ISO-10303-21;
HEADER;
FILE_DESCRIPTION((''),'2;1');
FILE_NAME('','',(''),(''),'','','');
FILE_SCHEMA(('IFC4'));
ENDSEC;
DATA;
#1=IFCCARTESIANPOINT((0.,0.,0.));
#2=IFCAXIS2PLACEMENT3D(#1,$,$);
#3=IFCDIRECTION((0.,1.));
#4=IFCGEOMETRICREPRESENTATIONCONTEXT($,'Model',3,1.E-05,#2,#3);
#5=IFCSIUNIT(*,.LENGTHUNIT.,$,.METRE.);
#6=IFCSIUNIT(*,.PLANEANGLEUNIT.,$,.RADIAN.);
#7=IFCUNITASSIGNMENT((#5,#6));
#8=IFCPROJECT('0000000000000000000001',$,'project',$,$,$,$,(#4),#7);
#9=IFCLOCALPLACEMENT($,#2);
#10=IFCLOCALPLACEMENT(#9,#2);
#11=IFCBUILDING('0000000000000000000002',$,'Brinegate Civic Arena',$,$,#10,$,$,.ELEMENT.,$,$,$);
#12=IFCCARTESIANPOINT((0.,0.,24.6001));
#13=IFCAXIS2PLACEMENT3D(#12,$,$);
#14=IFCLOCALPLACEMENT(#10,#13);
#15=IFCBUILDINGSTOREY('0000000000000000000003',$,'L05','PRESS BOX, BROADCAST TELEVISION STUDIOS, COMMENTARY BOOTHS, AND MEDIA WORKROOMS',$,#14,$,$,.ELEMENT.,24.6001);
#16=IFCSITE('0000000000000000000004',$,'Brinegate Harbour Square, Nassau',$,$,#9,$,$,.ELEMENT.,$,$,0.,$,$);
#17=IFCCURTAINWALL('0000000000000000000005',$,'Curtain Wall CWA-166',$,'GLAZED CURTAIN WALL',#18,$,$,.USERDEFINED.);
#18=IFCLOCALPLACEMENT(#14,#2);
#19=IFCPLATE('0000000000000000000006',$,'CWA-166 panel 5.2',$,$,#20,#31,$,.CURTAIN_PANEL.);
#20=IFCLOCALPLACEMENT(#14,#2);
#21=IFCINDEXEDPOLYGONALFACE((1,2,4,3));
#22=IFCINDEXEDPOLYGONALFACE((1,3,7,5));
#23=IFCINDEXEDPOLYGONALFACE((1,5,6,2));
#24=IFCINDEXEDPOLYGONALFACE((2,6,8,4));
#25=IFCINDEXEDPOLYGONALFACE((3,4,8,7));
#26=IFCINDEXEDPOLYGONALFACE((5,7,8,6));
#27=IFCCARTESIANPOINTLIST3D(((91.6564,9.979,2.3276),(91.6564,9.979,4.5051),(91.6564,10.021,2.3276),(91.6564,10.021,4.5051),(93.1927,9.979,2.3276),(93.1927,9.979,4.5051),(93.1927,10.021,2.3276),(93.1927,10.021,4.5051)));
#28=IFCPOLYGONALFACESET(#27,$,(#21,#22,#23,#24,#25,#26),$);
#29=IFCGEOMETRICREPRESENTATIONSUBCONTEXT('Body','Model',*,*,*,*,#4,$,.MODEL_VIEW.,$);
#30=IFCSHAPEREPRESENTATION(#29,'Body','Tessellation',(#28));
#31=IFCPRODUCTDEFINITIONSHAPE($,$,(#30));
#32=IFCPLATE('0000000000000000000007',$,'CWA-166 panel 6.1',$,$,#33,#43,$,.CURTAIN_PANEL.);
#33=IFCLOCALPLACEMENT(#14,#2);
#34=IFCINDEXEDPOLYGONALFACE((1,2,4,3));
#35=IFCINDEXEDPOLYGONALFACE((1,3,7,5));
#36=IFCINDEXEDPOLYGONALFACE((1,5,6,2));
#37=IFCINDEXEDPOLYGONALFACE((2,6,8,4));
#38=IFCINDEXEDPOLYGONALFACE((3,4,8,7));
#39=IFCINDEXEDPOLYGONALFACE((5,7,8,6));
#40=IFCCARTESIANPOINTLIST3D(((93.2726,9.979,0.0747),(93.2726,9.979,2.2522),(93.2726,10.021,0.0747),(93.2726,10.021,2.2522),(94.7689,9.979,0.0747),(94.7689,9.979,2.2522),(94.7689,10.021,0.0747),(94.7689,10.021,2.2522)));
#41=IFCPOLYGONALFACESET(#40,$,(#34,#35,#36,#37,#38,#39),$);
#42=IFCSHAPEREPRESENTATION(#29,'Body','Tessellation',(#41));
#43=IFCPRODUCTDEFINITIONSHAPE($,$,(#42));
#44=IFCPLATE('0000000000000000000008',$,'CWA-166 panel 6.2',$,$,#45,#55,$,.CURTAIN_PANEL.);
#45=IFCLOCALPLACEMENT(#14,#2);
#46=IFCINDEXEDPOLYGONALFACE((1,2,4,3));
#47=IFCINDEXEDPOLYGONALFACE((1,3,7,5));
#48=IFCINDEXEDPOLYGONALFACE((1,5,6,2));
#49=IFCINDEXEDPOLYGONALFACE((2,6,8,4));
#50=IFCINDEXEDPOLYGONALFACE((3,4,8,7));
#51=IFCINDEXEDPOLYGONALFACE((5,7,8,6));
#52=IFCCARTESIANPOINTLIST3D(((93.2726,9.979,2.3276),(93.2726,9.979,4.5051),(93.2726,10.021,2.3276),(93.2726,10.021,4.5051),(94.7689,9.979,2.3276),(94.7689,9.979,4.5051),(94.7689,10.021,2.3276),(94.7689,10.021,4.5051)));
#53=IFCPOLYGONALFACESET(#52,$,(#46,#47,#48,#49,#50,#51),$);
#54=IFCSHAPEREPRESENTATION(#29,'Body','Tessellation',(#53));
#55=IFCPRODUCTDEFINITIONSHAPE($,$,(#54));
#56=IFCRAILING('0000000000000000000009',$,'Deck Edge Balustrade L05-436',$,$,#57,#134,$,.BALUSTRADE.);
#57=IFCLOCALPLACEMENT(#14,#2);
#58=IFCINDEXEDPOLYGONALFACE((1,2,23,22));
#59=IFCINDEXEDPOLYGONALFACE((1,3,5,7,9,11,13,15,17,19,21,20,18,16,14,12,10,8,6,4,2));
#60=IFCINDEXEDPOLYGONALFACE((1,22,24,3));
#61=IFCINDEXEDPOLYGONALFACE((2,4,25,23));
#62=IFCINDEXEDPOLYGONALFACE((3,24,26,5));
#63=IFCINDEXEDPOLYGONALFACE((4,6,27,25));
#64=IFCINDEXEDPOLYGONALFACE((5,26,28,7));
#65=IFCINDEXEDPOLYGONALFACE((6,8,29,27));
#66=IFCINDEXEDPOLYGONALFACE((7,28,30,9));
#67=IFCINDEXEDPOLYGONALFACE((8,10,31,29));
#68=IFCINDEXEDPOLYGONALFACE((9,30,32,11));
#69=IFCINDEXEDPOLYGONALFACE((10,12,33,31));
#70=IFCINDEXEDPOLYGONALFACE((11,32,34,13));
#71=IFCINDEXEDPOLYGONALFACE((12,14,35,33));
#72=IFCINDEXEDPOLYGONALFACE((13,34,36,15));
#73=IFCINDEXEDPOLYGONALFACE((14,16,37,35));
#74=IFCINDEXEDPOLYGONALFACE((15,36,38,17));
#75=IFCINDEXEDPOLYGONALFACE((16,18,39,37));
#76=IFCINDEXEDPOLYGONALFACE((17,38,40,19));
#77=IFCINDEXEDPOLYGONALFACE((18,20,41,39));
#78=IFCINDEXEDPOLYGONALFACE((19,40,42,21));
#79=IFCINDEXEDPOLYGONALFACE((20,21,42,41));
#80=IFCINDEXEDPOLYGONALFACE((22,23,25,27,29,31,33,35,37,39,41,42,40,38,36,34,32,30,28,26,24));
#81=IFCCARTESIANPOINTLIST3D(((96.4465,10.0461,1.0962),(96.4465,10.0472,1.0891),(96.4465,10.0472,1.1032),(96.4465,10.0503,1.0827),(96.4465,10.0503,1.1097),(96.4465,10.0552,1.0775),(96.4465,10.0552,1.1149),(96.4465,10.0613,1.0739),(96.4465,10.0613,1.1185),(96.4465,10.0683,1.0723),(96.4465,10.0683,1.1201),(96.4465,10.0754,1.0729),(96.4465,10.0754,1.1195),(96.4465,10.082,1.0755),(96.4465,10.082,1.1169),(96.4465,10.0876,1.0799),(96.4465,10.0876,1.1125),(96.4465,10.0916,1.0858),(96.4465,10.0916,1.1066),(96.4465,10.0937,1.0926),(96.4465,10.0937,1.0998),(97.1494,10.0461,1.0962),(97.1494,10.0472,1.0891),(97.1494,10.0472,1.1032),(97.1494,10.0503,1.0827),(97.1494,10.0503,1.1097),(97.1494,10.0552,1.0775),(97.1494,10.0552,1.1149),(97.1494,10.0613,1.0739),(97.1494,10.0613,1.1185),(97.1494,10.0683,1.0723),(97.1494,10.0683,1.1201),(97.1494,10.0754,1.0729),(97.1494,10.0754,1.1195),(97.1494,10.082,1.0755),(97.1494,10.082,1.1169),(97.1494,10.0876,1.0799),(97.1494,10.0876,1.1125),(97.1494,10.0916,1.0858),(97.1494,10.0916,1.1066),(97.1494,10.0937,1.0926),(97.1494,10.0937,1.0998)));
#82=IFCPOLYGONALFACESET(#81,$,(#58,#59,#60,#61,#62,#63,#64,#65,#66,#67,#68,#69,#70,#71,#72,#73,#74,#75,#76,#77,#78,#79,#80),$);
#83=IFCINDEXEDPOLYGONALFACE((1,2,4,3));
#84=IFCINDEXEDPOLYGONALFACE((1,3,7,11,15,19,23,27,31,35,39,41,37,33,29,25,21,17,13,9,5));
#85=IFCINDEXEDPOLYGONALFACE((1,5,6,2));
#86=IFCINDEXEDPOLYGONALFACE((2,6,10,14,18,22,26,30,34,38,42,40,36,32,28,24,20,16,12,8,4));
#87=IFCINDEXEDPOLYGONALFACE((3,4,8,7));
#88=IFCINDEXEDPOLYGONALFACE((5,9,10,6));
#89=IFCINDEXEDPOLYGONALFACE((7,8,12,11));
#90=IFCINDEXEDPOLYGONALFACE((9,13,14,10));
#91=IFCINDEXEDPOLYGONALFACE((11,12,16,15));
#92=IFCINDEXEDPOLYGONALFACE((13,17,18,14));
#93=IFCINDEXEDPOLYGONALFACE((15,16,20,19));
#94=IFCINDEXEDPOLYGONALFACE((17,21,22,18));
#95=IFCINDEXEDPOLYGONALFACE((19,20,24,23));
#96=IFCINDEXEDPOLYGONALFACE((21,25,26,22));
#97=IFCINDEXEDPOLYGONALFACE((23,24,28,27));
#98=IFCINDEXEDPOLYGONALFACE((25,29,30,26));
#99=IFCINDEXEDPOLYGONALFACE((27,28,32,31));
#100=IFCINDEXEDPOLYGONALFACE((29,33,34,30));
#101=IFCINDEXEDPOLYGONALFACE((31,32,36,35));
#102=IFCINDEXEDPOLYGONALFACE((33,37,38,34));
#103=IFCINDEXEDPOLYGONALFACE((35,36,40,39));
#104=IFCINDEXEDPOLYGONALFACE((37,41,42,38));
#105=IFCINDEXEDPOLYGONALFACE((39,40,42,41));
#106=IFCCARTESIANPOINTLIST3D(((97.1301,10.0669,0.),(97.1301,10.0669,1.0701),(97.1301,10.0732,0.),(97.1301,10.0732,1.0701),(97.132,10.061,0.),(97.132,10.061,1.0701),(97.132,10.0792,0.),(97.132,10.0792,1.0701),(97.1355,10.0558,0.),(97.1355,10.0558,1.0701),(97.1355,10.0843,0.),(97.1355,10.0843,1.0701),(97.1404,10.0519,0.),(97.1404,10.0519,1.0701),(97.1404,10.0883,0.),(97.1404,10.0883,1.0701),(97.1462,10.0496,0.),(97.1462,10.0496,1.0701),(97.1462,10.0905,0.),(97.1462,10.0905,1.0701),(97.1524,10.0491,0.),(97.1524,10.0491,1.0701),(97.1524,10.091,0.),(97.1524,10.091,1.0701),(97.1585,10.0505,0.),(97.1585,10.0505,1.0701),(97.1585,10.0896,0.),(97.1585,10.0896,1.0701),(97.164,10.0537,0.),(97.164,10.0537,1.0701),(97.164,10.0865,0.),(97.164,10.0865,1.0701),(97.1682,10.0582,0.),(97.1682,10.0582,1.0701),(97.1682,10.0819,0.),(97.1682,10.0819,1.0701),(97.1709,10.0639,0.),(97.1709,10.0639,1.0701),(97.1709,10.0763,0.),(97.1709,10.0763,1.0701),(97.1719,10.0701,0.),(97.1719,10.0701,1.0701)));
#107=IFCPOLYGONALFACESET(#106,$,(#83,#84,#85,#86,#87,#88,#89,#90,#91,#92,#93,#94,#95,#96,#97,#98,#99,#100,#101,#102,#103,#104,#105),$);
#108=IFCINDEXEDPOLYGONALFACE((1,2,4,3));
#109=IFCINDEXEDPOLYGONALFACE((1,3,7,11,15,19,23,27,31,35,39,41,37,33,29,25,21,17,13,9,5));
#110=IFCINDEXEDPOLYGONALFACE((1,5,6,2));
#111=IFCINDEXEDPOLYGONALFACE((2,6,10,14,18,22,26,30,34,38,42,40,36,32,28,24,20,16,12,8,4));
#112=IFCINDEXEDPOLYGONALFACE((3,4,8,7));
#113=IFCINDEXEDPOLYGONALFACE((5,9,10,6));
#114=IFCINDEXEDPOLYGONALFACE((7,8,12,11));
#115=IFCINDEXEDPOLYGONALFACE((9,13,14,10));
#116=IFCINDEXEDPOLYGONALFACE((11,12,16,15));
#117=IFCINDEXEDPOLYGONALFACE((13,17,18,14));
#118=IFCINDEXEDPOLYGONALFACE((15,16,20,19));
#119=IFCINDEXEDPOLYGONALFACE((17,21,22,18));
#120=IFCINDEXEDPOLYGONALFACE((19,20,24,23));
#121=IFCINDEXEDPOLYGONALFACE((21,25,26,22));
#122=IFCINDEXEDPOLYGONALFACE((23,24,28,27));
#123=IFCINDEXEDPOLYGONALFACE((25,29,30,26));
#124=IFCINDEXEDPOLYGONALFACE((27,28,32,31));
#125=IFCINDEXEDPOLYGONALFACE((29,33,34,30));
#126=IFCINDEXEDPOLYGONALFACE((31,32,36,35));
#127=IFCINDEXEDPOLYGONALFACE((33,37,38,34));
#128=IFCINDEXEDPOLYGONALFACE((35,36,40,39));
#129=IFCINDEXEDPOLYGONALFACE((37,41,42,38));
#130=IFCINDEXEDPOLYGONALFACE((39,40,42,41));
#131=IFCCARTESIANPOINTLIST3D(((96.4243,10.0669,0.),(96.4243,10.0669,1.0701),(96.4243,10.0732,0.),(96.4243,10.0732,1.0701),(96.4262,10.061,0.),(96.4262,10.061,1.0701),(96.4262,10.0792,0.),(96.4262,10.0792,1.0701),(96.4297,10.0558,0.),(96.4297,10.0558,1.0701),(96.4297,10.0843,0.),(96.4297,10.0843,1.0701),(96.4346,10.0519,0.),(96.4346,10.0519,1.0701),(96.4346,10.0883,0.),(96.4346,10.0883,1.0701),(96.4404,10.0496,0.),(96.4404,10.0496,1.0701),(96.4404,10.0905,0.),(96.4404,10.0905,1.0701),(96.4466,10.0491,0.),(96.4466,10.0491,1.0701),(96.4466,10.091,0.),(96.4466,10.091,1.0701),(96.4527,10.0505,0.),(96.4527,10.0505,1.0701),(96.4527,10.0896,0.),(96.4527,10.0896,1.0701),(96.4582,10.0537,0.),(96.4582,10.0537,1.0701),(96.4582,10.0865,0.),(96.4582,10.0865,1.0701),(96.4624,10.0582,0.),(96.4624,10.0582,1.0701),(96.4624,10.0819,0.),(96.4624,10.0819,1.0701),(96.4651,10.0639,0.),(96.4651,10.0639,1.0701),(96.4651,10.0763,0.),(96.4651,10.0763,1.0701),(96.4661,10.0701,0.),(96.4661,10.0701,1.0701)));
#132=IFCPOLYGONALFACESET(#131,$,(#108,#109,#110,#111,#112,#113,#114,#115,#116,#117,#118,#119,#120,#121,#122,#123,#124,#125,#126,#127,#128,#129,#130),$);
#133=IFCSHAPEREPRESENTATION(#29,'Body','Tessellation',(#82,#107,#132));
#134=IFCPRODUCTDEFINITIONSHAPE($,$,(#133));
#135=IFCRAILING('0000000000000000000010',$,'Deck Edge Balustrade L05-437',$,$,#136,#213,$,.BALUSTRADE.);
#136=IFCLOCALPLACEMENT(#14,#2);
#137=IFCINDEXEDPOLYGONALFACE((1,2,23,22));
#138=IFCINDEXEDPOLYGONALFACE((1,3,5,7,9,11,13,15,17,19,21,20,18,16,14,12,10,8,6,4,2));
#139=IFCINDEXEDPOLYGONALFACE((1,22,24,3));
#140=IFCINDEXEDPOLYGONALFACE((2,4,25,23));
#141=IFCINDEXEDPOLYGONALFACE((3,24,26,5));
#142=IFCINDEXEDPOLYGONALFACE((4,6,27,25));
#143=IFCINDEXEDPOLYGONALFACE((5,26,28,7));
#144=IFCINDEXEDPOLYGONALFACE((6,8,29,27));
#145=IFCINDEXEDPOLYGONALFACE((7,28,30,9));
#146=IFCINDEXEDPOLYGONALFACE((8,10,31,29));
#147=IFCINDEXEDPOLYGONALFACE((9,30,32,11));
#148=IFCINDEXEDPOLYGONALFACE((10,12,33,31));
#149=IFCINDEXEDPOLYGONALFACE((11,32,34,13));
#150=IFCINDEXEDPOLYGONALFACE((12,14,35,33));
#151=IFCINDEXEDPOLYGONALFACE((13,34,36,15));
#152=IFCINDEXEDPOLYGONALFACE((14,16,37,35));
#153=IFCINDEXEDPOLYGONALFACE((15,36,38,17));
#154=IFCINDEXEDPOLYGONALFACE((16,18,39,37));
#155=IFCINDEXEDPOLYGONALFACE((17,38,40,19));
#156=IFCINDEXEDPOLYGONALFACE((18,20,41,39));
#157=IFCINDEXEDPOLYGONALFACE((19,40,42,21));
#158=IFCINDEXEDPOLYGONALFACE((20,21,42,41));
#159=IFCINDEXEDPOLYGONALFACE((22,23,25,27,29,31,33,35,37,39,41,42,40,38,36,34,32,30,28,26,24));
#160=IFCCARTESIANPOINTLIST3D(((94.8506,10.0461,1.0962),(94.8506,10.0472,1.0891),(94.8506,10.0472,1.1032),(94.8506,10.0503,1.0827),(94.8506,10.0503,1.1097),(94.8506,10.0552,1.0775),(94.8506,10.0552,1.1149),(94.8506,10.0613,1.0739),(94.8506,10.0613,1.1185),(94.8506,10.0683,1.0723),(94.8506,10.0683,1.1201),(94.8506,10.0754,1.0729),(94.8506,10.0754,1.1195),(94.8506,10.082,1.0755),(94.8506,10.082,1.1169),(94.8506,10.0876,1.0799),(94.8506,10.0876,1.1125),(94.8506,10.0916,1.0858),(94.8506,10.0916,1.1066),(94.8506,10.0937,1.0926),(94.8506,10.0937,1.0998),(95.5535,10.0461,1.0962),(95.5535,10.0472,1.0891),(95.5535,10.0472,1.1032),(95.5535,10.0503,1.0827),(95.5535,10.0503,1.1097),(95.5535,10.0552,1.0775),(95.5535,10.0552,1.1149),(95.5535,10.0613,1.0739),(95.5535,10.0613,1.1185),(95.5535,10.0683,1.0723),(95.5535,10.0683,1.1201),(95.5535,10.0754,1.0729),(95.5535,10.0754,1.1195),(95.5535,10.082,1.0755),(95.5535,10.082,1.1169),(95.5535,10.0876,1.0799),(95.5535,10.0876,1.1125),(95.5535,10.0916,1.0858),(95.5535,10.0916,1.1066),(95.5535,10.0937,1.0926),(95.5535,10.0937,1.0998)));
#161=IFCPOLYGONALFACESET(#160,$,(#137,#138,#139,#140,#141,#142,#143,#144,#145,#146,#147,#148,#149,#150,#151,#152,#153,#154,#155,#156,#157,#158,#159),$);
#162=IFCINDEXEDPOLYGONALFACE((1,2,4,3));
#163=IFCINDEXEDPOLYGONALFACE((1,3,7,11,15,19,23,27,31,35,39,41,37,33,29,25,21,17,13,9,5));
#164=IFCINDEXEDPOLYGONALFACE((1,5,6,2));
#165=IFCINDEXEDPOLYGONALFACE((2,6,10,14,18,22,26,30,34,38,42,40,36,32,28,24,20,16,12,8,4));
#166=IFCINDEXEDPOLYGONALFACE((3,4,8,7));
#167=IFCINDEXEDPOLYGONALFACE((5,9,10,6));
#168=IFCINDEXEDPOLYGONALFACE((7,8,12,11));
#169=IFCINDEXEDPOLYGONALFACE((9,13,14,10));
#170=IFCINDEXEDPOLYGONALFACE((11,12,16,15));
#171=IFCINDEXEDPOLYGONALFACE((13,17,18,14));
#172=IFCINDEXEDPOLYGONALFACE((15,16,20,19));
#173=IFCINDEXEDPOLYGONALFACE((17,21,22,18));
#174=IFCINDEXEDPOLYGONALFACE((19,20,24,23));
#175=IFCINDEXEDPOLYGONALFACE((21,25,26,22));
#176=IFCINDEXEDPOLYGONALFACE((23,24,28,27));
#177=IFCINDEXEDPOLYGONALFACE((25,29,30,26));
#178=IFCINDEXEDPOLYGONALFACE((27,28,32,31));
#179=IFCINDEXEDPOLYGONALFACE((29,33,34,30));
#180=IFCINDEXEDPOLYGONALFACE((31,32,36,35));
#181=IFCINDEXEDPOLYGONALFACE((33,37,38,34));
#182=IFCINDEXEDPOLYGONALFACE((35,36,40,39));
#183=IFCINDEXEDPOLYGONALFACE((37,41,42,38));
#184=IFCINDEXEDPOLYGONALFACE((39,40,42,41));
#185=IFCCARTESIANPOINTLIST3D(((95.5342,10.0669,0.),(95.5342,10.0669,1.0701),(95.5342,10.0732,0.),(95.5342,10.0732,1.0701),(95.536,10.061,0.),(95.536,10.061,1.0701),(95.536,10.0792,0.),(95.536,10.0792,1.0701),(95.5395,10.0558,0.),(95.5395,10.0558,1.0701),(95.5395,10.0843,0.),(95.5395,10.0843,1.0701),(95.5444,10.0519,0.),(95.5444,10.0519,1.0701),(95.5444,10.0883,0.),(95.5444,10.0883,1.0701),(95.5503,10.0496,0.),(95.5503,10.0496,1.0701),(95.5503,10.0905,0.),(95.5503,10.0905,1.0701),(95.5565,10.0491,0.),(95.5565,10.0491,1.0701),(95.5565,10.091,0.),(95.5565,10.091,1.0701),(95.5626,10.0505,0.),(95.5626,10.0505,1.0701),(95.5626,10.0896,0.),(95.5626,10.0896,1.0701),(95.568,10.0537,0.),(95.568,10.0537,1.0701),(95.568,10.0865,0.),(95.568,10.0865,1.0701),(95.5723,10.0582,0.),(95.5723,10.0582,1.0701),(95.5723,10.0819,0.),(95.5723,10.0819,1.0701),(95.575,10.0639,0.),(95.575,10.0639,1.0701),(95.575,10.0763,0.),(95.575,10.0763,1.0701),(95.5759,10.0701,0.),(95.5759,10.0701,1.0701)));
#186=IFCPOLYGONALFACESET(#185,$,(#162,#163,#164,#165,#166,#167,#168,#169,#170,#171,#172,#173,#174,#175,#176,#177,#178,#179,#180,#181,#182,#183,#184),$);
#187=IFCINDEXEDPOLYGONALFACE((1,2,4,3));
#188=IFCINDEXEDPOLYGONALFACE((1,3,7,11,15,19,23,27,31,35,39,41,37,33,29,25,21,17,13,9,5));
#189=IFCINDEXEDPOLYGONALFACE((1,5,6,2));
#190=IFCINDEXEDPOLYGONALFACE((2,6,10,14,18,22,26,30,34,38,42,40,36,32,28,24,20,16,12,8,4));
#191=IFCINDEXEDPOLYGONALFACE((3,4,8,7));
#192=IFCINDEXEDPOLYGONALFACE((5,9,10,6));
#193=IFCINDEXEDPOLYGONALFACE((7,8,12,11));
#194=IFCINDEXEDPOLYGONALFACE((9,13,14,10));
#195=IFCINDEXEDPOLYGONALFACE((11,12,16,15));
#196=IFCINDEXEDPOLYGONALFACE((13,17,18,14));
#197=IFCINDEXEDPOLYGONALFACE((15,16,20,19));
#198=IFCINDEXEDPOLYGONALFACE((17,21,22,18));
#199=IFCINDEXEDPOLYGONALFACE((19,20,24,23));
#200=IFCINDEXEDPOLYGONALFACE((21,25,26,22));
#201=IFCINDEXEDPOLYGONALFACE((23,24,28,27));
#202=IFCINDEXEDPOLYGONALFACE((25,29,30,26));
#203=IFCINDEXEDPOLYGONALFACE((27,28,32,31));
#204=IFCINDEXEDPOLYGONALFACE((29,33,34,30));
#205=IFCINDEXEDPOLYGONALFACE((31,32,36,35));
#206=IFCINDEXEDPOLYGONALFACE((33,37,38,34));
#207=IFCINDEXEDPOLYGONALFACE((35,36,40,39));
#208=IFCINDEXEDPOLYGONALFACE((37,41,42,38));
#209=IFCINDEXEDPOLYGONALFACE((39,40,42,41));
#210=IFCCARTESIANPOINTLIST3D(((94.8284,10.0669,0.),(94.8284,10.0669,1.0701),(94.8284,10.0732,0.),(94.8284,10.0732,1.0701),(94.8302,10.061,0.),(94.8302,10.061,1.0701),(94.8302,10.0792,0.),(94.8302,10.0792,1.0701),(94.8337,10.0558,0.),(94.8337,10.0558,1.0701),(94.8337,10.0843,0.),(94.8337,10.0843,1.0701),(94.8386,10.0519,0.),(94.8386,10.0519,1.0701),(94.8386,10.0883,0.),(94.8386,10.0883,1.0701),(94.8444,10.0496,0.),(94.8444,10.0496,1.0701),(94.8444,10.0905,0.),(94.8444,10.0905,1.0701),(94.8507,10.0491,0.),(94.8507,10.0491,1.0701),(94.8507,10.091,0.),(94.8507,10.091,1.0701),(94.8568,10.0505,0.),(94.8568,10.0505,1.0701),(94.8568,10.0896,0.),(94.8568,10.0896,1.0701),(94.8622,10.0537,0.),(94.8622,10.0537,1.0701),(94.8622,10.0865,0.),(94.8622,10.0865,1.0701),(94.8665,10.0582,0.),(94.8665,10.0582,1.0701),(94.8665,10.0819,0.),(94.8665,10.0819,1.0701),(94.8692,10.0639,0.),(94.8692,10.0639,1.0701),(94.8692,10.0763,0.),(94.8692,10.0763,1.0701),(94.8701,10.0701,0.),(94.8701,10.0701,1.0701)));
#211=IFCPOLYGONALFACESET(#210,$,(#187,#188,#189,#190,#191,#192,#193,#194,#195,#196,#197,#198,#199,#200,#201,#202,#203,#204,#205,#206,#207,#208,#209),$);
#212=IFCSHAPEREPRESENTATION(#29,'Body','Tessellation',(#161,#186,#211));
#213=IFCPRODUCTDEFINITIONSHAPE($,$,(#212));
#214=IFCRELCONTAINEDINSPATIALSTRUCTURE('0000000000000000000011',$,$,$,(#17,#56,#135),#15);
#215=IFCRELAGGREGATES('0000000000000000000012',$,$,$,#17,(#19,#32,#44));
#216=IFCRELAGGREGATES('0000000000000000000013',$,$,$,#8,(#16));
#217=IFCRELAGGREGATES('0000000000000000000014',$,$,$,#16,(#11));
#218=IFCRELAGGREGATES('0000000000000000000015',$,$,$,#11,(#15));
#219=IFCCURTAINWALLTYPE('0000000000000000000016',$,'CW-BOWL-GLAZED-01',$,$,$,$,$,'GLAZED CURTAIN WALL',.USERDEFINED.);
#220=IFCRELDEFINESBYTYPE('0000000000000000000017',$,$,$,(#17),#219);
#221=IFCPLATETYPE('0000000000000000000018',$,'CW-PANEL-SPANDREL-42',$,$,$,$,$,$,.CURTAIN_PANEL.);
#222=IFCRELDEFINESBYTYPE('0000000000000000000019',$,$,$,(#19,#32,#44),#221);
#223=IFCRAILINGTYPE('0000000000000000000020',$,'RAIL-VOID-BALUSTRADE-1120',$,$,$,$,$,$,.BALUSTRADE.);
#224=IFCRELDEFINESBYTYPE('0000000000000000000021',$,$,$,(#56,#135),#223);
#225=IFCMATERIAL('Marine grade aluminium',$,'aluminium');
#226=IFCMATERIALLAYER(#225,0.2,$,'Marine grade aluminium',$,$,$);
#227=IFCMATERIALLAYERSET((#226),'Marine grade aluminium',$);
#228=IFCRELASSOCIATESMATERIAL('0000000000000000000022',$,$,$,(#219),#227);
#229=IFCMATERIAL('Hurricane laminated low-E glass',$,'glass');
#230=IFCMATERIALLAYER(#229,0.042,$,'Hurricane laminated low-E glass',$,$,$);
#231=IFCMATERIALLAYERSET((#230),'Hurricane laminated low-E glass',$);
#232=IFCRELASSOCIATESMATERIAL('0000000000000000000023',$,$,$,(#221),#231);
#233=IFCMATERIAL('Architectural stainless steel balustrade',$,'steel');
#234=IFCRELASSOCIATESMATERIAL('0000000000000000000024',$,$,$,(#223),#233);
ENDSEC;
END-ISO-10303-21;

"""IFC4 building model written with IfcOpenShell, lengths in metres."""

from ifc_helpers import new_model, si_unit, direction, frame, origin, origin_2d, place, context, subcontext, project, spatial, rectangle, circle, extrude, material, layer, layer_set, type_object, element, aggregate, save


model = new_model("IFC4")

# Units and contexts
model_context = context("Model", 3, precision=1e-05, world=origin(), true_north=direction((0.0, 1.0)))
body_context = subcontext(model_context, "Body", "Model", "MODEL_VIEW")
ifc_project = project(units=[si_unit("LENGTHUNIT", "METRE"), si_unit("PLANEANGLEUNIT", "RADIAN")], contexts=[model_context])

# Site, building, storey
site_placement = place(None, origin())
site = spatial("IfcSite", under=ifc_project, at=site_placement, Name="Brinegate Harbour Square, Nassau", CompositionType="ELEMENT", RefElevation=0.0)
building_placement = place(site_placement, origin())
building = spatial("IfcBuilding", under=site, at=building_placement, Name="Brinegate Civic Arena", CompositionType="ELEMENT")
storey_placement = place(building_placement, frame((0.0, 0.0, 24.6001)))
storey = spatial("IfcBuildingStorey", under=building, at=storey_placement, Name="L05", Description="PRESS BOX, BROADCAST TELEVISION STUDIOS, COMMENTARY BOOTHS, AND MEDIA WORKROOMS", CompositionType="ELEMENT", Elevation=24.6001)

# Shared definitions
ifc_material_1 = material(Name="Marine grade aluminium", Category="aluminium")
ifc_layer_1 = layer(ifc_material_1, 0.2, Name="Marine grade aluminium")
ifc_layer_set_1 = layer_set([ifc_layer_1], Name="Marine grade aluminium")
curtain_wall_type = type_object("IfcCurtainWallType", Name="CW-BOWL-GLAZED-01", ElementType="GLAZED CURTAIN WALL", PredefinedType="USERDEFINED", material=ifc_layer_set_1)

# Curtain wall
curtain_wall_1_placement = place(storey_placement, origin())
curtain_wall_1 = element("IfcCurtainWall", 1, at=curtain_wall_1_placement, inside=storey, type_object=curtain_wall_type, Name="Curtain Wall CWA-166", ObjectType="GLAZED CURTAIN WALL", PredefinedType="USERDEFINED")

# Plates
ifc_material_2 = material(Name="Hurricane laminated low-E glass", Category="glass")
ifc_layer_2 = layer(ifc_material_2, 0.042, Name="Hurricane laminated low-E glass")
ifc_layer_set_2 = layer_set([ifc_layer_2], Name="Hurricane laminated low-E glass")
plate_type_1 = type_object("IfcPlateType", Name="CW-PANEL-SPANDREL-42", PredefinedType="CURTAIN_PANEL", material=ifc_layer_set_2)
plate_1_placement = place(storey_placement, frame((92.4246, 10.0, 2.3276), z_axis=(0.0, 0.0, 1.0), x_axis=(1.0, 0.0, 0.0)))
plate_1 = element("IfcPlate", 2, at=plate_1_placement, type_object=plate_type_1, Name="CWA-166 panel 5.2", PredefinedType="CURTAIN_PANEL", context=body_context, shape_type="SweptSolid", body=[
    extrude(rectangle(XDim=1.5364, YDim=0.042, at=origin_2d()), origin(), (0.0, 0.0, 1.0), 2.1775),
])
plate_2_placement = place(storey_placement, frame((94.0208, 10.0, 0.0747), z_axis=(0.0, 0.0, 1.0), x_axis=(1.0, 0.0, 0.0)))
plate_2 = element("IfcPlate", 3, at=plate_2_placement, type_object=plate_type_1, Name="CWA-166 panel 6.1", PredefinedType="CURTAIN_PANEL", context=body_context, shape_type="SweptSolid", body=[
    extrude(rectangle(XDim=1.4963, YDim=0.042, at=origin_2d()), origin(), (0.0, 0.0, 1.0), 2.1775),
])
plate_3_placement = place(storey_placement, frame((94.0208, 10.0, 2.3276), z_axis=(0.0, 0.0, 1.0), x_axis=(1.0, 0.0, 0.0)))
plate_3 = element("IfcPlate", 4, at=plate_3_placement, type_object=plate_type_1, Name="CWA-166 panel 6.2", PredefinedType="CURTAIN_PANEL", context=body_context, shape_type="SweptSolid", body=[
    extrude(rectangle(XDim=1.4963, YDim=0.042, at=origin_2d()), origin(), (0.0, 0.0, 1.0), 2.1775),
])
aggregate(curtain_wall_1, [plate_1, plate_2, plate_3])

# Railings
ifc_material_3 = material(Name="Architectural stainless steel balustrade", Category="steel")
railing_type = type_object("IfcRailingType", Name="RAIL-VOID-BALUSTRADE-1120", PredefinedType="BALUSTRADE", material=ifc_material_3)
for number, where, name in (
    (5, (97.1509, 10.0701, 0.0), "Deck Edge Balustrade L05-436"),
    (6, (95.5549, 10.0701, 0.0), "Deck Edge Balustrade L05-437"),
):
    element("IfcRailing", number, at=place(storey_placement, frame(where)), inside=storey, type_object=railing_type, Name=name, PredefinedType="BALUSTRADE", context=body_context, shape_type="SweptSolid", body=[
        extrude(circle(Radius=0.0239, at=origin_2d()), frame((-0.0015, 0.0, 1.0962), z_axis=(-1.0, 0.0, 0.0), x_axis=(0.0, -1.0, 0.0)), (0.0, 0.0, 1.0), 0.7029),
        extrude(circle(Radius=0.021, at=origin_2d()), origin(), (0.0, 0.0, 1.0), 1.0701),
        extrude(circle(Radius=0.021, at=origin_2d()), frame((-0.7058, 0.0, 0.0)), (0.0, 0.0, 1.0), 1.0701),
    ])

save(model, "model.ifc")
